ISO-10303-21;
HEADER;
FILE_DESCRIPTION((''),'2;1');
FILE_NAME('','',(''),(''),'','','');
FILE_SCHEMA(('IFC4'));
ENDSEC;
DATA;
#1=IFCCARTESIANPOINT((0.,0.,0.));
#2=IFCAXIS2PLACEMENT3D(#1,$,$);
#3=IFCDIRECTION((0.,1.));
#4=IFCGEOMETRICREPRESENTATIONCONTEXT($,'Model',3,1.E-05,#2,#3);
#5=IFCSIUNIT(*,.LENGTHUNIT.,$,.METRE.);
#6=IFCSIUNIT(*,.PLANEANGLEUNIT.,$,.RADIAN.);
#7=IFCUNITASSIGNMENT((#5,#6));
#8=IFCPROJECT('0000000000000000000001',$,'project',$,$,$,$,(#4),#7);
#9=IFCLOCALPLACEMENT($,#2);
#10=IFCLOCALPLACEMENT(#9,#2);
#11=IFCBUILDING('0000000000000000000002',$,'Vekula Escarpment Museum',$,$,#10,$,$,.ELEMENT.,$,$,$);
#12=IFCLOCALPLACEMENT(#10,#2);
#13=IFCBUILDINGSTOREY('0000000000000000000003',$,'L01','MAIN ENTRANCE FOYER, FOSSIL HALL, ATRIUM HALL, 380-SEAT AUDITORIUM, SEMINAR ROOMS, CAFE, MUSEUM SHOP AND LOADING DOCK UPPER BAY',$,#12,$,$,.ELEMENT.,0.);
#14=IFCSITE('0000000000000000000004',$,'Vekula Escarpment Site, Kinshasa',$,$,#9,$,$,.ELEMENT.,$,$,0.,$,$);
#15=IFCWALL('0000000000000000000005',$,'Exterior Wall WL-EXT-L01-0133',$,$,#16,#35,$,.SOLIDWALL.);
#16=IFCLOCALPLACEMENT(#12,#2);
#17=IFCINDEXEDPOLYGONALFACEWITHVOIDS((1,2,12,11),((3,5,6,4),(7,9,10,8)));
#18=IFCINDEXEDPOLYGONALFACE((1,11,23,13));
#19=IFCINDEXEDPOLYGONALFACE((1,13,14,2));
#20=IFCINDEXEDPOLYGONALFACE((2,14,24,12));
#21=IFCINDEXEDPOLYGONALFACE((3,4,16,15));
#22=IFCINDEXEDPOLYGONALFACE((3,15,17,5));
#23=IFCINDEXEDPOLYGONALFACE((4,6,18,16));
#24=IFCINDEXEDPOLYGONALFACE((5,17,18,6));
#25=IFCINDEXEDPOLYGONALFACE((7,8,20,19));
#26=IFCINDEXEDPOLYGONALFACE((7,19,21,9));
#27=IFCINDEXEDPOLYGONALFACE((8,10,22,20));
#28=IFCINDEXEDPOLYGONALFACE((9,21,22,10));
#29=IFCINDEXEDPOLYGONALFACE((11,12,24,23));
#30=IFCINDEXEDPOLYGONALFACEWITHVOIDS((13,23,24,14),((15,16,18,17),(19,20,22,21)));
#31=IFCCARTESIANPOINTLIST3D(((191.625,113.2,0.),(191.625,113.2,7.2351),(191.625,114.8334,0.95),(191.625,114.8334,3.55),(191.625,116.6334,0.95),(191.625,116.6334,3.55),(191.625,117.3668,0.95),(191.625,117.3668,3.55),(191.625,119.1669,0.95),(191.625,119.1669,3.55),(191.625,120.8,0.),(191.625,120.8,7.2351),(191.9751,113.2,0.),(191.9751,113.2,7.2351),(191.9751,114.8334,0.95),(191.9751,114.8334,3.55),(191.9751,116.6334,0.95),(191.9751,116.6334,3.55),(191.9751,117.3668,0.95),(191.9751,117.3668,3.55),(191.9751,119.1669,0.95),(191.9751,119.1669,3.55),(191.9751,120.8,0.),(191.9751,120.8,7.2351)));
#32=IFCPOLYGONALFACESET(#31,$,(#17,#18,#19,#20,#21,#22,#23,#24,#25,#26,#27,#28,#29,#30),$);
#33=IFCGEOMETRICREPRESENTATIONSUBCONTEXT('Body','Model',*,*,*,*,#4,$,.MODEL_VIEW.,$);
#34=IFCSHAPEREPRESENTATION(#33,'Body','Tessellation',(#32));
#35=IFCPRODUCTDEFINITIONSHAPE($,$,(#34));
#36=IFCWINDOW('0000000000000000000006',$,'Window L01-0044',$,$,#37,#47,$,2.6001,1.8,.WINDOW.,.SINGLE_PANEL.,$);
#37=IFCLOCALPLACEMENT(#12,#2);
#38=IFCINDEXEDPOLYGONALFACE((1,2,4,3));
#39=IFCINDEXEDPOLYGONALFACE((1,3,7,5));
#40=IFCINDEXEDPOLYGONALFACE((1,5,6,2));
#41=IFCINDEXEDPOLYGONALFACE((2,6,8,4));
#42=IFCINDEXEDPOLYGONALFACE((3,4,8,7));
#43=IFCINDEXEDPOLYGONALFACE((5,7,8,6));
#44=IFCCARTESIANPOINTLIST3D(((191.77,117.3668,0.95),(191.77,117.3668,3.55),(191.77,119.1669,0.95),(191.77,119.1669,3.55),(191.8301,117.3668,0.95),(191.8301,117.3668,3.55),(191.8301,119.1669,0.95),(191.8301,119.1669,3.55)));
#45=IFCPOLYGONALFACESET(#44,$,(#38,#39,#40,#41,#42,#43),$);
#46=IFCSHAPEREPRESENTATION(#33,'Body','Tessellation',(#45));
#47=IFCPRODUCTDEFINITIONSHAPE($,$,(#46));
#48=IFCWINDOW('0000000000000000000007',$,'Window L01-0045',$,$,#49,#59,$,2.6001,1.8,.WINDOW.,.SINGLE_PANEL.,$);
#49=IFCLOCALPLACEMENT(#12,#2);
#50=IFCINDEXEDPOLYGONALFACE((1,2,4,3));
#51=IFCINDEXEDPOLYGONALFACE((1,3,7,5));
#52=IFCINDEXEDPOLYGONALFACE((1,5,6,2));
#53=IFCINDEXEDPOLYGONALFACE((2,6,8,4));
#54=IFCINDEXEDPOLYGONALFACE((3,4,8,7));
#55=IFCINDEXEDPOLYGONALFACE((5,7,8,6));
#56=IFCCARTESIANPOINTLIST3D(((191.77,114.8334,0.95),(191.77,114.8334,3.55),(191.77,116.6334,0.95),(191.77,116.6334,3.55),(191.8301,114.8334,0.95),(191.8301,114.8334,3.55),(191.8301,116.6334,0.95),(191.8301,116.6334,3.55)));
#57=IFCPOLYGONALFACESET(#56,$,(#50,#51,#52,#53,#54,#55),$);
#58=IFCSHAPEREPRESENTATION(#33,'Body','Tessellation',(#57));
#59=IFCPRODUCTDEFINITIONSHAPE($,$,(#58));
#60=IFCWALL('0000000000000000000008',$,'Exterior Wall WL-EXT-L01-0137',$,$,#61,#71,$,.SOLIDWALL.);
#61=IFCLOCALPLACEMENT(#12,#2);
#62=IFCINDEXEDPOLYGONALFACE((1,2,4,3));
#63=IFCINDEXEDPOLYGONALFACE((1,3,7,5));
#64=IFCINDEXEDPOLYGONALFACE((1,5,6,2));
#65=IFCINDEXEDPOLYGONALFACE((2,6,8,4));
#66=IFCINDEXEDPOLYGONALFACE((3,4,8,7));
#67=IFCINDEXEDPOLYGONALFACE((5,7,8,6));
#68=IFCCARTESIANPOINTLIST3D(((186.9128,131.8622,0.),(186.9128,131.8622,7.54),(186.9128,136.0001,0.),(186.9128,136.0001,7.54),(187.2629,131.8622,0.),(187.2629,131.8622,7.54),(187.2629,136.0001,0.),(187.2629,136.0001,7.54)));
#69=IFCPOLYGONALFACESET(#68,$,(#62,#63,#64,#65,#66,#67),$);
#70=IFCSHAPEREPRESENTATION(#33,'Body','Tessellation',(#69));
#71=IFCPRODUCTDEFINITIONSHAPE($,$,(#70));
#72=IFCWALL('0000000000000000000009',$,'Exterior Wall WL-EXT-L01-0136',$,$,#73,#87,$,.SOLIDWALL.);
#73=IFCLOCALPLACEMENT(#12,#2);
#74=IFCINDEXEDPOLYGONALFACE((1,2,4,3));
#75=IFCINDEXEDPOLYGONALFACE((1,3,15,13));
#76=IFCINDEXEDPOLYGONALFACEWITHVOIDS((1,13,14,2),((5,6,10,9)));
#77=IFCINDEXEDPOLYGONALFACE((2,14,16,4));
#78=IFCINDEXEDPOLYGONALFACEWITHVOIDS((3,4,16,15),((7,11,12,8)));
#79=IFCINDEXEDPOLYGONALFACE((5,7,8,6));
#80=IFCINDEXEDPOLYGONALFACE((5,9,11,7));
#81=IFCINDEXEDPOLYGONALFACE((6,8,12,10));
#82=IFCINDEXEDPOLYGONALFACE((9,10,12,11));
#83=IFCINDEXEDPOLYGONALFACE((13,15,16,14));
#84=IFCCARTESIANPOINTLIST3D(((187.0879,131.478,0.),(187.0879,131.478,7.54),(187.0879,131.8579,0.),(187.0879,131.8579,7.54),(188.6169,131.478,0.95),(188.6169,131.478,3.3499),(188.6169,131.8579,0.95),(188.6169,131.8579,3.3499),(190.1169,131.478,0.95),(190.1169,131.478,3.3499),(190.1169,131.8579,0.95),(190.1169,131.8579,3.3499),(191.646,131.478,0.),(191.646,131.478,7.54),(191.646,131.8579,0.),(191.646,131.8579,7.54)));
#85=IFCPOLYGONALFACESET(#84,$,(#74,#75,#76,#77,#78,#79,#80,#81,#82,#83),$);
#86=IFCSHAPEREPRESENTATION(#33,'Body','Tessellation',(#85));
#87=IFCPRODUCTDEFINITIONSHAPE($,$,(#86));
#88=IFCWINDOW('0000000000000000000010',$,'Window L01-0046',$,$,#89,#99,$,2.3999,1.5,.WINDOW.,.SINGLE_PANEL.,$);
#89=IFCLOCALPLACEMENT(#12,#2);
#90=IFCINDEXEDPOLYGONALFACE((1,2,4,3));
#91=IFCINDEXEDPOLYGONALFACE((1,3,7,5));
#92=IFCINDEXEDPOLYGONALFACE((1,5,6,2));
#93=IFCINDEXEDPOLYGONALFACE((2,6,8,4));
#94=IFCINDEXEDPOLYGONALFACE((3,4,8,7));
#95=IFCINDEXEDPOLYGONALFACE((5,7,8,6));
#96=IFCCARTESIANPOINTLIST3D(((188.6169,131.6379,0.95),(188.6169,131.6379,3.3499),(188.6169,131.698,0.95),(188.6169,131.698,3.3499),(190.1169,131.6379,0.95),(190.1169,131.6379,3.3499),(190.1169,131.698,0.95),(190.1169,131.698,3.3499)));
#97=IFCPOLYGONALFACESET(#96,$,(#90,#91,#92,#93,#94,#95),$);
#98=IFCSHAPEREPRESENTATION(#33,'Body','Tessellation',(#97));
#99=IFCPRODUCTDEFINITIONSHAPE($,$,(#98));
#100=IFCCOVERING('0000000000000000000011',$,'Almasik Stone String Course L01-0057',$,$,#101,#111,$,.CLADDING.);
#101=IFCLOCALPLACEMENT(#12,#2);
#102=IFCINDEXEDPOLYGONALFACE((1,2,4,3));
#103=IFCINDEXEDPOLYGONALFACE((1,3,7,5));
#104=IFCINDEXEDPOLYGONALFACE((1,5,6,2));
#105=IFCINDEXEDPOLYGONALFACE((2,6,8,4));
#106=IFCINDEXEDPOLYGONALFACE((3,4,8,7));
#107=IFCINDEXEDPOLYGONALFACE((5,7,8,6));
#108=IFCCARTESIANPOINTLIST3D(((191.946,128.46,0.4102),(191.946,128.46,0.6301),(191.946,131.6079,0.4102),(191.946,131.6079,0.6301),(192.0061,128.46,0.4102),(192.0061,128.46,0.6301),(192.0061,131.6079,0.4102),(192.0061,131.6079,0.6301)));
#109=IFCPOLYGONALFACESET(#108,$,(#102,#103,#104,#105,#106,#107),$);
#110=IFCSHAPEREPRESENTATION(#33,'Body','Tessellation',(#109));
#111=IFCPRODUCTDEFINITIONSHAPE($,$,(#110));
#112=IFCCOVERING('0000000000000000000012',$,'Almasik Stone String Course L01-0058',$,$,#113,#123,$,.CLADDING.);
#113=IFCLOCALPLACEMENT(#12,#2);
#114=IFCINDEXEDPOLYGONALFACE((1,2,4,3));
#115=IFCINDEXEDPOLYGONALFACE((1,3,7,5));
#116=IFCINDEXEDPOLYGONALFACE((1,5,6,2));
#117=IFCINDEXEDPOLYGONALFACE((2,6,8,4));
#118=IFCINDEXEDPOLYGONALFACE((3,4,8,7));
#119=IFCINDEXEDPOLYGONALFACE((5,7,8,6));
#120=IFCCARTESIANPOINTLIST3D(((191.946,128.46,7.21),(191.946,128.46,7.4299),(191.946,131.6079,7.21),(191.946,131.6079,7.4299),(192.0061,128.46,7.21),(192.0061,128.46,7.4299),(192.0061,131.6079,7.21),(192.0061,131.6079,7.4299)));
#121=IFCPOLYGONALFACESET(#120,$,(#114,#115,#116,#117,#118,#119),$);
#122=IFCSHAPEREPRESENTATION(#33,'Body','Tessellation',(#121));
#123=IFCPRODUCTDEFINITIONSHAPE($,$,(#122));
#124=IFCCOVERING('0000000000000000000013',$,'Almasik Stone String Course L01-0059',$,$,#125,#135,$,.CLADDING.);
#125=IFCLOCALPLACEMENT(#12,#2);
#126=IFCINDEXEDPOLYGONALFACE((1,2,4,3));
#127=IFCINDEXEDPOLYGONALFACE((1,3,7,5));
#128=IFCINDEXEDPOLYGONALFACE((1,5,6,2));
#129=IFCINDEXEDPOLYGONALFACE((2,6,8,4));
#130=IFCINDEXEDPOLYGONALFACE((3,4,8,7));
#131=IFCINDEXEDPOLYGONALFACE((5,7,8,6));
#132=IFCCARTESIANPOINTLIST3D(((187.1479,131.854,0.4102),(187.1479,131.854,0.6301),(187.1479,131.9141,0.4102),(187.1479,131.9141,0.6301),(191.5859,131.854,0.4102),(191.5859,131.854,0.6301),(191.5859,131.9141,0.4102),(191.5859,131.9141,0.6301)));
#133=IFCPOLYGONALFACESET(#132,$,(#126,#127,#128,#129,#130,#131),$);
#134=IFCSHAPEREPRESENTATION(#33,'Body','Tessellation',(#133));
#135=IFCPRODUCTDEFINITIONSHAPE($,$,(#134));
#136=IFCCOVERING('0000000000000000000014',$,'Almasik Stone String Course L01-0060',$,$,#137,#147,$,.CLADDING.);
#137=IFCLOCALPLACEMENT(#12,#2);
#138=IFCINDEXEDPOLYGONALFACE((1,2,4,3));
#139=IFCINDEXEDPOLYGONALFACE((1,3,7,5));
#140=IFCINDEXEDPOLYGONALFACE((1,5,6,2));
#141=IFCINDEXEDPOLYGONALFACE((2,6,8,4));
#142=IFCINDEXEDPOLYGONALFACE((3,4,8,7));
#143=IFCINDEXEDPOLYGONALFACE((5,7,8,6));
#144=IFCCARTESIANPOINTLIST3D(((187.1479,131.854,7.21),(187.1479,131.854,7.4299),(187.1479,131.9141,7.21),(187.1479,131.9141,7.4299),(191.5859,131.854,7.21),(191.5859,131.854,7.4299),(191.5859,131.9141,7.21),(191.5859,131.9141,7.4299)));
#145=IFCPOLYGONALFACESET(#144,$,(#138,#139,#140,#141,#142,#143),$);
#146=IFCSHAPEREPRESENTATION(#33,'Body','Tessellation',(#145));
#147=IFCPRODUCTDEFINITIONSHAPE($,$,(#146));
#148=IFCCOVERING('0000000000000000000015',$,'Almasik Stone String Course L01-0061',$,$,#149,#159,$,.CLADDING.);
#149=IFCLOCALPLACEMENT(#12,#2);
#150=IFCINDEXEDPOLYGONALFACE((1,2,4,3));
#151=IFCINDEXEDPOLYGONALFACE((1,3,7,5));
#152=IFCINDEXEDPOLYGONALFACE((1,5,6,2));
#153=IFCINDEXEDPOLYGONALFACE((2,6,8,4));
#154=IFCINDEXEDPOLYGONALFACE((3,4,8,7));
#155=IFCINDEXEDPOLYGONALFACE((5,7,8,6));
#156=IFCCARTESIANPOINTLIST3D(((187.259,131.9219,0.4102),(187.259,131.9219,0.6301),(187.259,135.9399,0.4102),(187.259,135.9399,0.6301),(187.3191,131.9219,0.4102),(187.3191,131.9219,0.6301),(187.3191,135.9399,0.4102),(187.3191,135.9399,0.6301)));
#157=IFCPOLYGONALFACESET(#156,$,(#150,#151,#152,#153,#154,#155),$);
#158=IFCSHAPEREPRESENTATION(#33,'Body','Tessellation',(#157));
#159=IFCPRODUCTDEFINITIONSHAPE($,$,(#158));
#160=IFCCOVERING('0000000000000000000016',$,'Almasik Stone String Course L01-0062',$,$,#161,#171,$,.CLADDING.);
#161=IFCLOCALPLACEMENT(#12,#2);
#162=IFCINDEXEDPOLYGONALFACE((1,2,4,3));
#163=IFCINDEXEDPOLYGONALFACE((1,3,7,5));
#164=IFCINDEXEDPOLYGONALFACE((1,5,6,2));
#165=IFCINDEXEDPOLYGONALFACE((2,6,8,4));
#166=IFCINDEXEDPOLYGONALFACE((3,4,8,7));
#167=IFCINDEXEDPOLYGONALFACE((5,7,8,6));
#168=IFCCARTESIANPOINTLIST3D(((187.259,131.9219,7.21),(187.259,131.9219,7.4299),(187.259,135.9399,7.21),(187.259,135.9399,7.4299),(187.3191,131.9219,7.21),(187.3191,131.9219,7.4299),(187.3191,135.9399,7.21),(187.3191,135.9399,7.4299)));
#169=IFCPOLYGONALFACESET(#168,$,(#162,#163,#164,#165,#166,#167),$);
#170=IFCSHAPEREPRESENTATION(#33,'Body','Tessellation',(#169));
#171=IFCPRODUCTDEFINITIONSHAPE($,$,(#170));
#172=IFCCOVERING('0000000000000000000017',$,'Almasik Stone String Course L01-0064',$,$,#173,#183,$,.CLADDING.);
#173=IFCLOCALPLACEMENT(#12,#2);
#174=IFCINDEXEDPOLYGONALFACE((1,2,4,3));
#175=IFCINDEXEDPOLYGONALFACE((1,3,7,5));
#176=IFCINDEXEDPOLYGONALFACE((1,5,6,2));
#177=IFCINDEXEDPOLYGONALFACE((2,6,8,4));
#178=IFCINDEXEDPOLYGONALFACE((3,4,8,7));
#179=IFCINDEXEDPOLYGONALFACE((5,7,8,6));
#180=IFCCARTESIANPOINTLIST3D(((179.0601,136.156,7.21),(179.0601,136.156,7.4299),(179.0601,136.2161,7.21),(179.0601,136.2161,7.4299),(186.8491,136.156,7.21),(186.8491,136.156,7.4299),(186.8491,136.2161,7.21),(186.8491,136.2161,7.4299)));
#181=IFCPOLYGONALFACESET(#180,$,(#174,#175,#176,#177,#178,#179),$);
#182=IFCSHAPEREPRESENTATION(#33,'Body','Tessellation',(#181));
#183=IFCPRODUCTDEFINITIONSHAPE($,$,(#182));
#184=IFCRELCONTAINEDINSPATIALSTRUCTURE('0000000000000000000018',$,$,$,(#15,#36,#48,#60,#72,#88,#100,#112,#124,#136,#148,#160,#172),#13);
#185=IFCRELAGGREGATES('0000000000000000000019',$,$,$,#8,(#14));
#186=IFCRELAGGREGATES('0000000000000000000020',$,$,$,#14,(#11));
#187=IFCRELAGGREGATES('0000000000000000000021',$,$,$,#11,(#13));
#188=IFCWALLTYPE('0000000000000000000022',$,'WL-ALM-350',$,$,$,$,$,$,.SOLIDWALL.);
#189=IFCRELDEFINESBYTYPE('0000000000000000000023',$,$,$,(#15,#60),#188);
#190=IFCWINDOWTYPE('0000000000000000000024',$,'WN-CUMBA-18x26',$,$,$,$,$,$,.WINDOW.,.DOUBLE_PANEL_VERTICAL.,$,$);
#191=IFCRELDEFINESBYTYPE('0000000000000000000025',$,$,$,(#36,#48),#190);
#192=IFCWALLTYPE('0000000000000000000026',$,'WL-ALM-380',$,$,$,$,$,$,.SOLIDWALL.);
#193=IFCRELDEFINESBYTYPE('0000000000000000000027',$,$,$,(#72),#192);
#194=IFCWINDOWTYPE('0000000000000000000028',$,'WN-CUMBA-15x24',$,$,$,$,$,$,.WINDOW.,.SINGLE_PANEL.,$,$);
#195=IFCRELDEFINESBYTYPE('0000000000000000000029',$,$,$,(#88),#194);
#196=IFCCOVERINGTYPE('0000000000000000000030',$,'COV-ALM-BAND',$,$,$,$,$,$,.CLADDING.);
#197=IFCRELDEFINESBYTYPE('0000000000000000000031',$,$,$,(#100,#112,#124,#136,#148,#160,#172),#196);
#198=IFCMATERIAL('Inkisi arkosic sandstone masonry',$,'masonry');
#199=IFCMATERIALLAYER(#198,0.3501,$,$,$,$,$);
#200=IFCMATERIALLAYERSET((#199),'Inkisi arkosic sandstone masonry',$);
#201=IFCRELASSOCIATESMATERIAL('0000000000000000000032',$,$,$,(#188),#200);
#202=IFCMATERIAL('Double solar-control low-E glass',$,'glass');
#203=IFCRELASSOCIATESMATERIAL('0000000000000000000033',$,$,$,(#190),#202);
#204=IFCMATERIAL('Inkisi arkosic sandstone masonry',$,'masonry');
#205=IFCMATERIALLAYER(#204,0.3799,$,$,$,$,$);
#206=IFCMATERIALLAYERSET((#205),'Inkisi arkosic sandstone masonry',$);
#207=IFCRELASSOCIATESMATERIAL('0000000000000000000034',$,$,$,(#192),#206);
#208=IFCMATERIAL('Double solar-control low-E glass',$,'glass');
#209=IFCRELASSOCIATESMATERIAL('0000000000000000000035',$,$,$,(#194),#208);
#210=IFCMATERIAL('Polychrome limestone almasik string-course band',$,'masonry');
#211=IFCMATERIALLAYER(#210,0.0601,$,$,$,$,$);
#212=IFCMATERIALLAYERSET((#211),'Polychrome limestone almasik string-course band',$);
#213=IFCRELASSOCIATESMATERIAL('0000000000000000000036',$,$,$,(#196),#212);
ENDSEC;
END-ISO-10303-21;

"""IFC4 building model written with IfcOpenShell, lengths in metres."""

from ifc_helpers import new_model, si_unit, direction, frame, frame_2d, origin, origin_2d, place, context, subcontext, project, spatial, rectangle, extrude, material, layer, layer_set, type_object, element, fill, save


model = new_model("IFC4")

# Units and contexts
model_context = context("Model", 3, precision=1e-05, world=origin(), true_north=direction((0.0, 1.0)))
body_context = subcontext(model_context, "Body", "Model", "MODEL_VIEW")
ifc_project = project(units=[si_unit("LENGTHUNIT", "METRE"), si_unit("PLANEANGLEUNIT", "RADIAN")], contexts=[model_context])

# Site, building, storey
site_placement = place(None, origin())
site = spatial("IfcSite", under=ifc_project, at=site_placement, Name="Vekula Escarpment Site, Kinshasa", CompositionType="ELEMENT", RefElevation=0.0)
building_placement = place(site_placement, origin())
building = spatial("IfcBuilding", under=site, at=building_placement, Name="Vekula Escarpment Museum", CompositionType="ELEMENT")
storey_placement = place(building_placement, origin())
storey = spatial("IfcBuildingStorey", under=building, at=storey_placement, Name="L01", Description="MAIN ENTRANCE FOYER, FOSSIL HALL, ATRIUM HALL, 380-SEAT AUDITORIUM, SEMINAR ROOMS, CAFE, MUSEUM SHOP AND LOADING DOCK UPPER BAY", CompositionType="ELEMENT", Elevation=0.0)

# Wall, openings, windows
ifc_material_1 = material(Name="Inkisi arkosic sandstone masonry", Category="masonry")
ifc_layer_1 = layer(ifc_material_1, 0.3501)
ifc_layer_set_1 = layer_set([ifc_layer_1], Name="Inkisi arkosic sandstone masonry")
wall_type_1 = type_object("IfcWallType", Name="WL-ALM-350", PredefinedType="SOLIDWALL", material=ifc_layer_set_1)
wall_1_placement = place(storey_placement, frame((191.8, 120.8, 0.0), z_axis=(0.0, 0.0, 1.0), x_axis=(0.0, -1.0, 0.0)))
wall_1 = element("IfcWall", 1, at=wall_1_placement, inside=storey, type_object=wall_type_1, Name="Exterior Wall WL-EXT-L01-0133", PredefinedType="SOLIDWALL", context=body_context, shape_type="SweptSolid", body=[
    extrude(rectangle(XDim=7.6001, YDim=0.3501, at=frame_2d((3.8, 0.0))), origin(), (0.0, 0.0, 1.0), 7.2351),
])
opening_1_placement = place(wall_1_placement, frame((1.6333, 0.0, 0.95)))
opening_1 = element("IfcOpeningElement", 2, at=opening_1_placement, cuts=wall_1, PredefinedType="OPENING", context=body_context, shape_type="SweptSolid", body=[
    extrude(rectangle(XDim=1.8, YDim=2.6001, at=frame_2d((0.8999, 1.3))), frame((0.0, 0.1851, 0.0), z_axis=(0.0, -1.0, 0.0), x_axis=(1.0, 0.0, 0.0)), (0.0, 0.0, 1.0), 0.3701),
])
opening_2_placement = place(wall_1_placement, frame((4.1667, 0.0, 0.95)))
opening_2 = element("IfcOpeningElement", 3, at=opening_2_placement, cuts=wall_1, PredefinedType="OPENING", context=body_context, shape_type="SweptSolid", body=[
    extrude(rectangle(XDim=1.8, YDim=2.6001, at=frame_2d((0.8999, 1.3))), frame((0.0, 0.1851, 0.0), z_axis=(0.0, -1.0, 0.0), x_axis=(1.0, 0.0, 0.0)), (0.0, 0.0, 1.0), 0.3701),
])
ifc_material_2 = material(Name="Double solar-control low-E glass", Category="glass")
window_type_1 = type_object("IfcWindowType", Name="WN-CUMBA-18x26", PartitioningType="DOUBLE_PANEL_VERTICAL", PredefinedType="WINDOW", material=ifc_material_2)
window_1_placement = place(opening_1_placement, origin())
window_1 = element("IfcWindow", 4, at=window_1_placement, inside=storey, type_object=window_type_1, Name="Window L01-0044", OverallHeight=2.6001, OverallWidth=1.8, PartitioningType="SINGLE_PANEL", PredefinedType="WINDOW", context=body_context, shape_type="SweptSolid", body=[
    extrude(rectangle(XDim=1.8, YDim=2.6001, at=frame_2d((0.8999, 1.3))), frame((0.0, 0.03, 0.0), z_axis=(0.0, -1.0, 0.0), x_axis=(1.0, 0.0, 0.0)), (0.0, 0.0, 1.0), 0.0601),
])
fill(opening_1, window_1)
window_2_placement = place(opening_2_placement, origin())
window_2 = element("IfcWindow", 5, at=window_2_placement, inside=storey, type_object=window_type_1, Name="Window L01-0045", OverallHeight=2.6001, OverallWidth=1.8, PartitioningType="SINGLE_PANEL", PredefinedType="WINDOW", context=body_context, shape_type="SweptSolid", body=[
    extrude(rectangle(XDim=1.8, YDim=2.6001, at=frame_2d((0.8999, 1.3))), frame((0.0, 0.03, 0.0), z_axis=(0.0, -1.0, 0.0), x_axis=(1.0, 0.0, 0.0)), (0.0, 0.0, 1.0), 0.0601),
])
fill(opening_2, window_2)

# Wall
wall_2_placement = place(storey_placement, frame((187.0879, 136.0, 0.0), z_axis=(0.0, 0.0, 1.0), x_axis=(0.0, -1.0, 0.0)))
element("IfcWall", 6, at=wall_2_placement, inside=storey, type_object=wall_type_1, Name="Exterior Wall WL-EXT-L01-0137", PredefinedType="SOLIDWALL", context=body_context, shape_type="SweptSolid", body=[
    extrude(rectangle(XDim=4.1379, YDim=0.3501, at=frame_2d((2.0688, 0.0))), origin(), (0.0, 0.0, 1.0), 7.54),
])

# Wall, opening, window
ifc_material_3 = material(Name="Inkisi arkosic sandstone masonry", Category="masonry")
ifc_layer_2 = layer(ifc_material_3, 0.3799)
ifc_layer_set_2 = layer_set([ifc_layer_2], Name="Inkisi arkosic sandstone masonry")
wall_type_2 = type_object("IfcWallType", Name="WL-ALM-380", PredefinedType="SOLIDWALL", material=ifc_layer_set_2)
wall_3_placement = place(storey_placement, frame((187.0879, 131.668, 0.0), z_axis=(0.0, 0.0, 1.0), x_axis=(1.0, 0.0, 0.0)))
wall_3 = element("IfcWall", 7, at=wall_3_placement, inside=storey, type_object=wall_type_2, Name="Exterior Wall WL-EXT-L01-0136", PredefinedType="SOLIDWALL", context=body_context, shape_type="SweptSolid", body=[
    extrude(rectangle(XDim=4.5581, YDim=0.3799, at=frame_2d((2.2791, 0.0))), origin(), (0.0, 0.0, 1.0), 7.54),
])
opening_3_placement = place(wall_3_placement, frame((1.5291, 0.0, 0.95)))
opening_3 = element("IfcOpeningElement", 8, at=opening_3_placement, cuts=wall_3, PredefinedType="OPENING", context=body_context, shape_type="SweptSolid", body=[
    extrude(rectangle(XDim=1.5, YDim=2.3999, at=frame_2d((0.75, 1.2))), frame((0.0, 0.2, 0.0), z_axis=(0.0, -1.0, 0.0), x_axis=(1.0, 0.0, 0.0)), (0.0, 0.0, 1.0), 0.3999),
])
ifc_material_4 = material(Name="Double solar-control low-E glass", Category="glass")
window_type_2 = type_object("IfcWindowType", Name="WN-CUMBA-15x24", PartitioningType="SINGLE_PANEL", PredefinedType="WINDOW", material=ifc_material_4)
window_3_placement = place(opening_3_placement, origin())
window_3 = element("IfcWindow", 9, at=window_3_placement, inside=storey, type_object=window_type_2, Name="Window L01-0046", OverallHeight=2.3999, OverallWidth=1.5, PartitioningType="SINGLE_PANEL", PredefinedType="WINDOW", context=body_context, shape_type="SweptSolid", body=[
    extrude(rectangle(XDim=1.5, YDim=2.3999, at=frame_2d((0.75, 1.2))), frame((0.0, 0.03, 0.0), z_axis=(0.0, -1.0, 0.0), x_axis=(1.0, 0.0, 0.0)), (0.0, 0.0, 1.0), 0.0601),
])
fill(opening_3, window_3)

# Coverings
ifc_material_5 = material(Name="Polychrome limestone almasik string-course band", Category="masonry")
ifc_layer_3 = layer(ifc_material_5, 0.0601)
ifc_layer_set_3 = layer_set([ifc_layer_3], Name="Polychrome limestone almasik string-course band")
covering_type_1 = type_object("IfcCoveringType", Name="COV-ALM-BAND", PredefinedType="CLADDING", material=ifc_layer_set_3)
for number, where, z_axis, x_axis, name in (
    (10, (191.9761, 130.0339, 0.4102), (0.0, 0.0, 1.0), (0.0, 1.0, 0.0), "Almasik Stone String Course L01-0057"),
    (11, (191.9761, 130.0339, 7.21), (0.0, 0.0, 1.0), (0.0, 1.0, 0.0), "Almasik Stone String Course L01-0058"),
):
    element("IfcCovering", number, at=place(storey_placement, frame(where, z_axis=z_axis, x_axis=x_axis)), inside=storey, type_object=covering_type_1, Name=name, PredefinedType="CLADDING", context=body_context, shape_type="SweptSolid", body=[
        extrude(rectangle(XDim=3.1479, YDim=0.0601, at=origin_2d()), origin(), (0.0, 0.0, 1.0), 0.22),
    ])
for number, where, z_axis, x_axis, name in (
    (12, (189.3669, 131.884, 0.4102), (0.0, 0.0, 1.0), (1.0, 0.0, 0.0), "Almasik Stone String Course L01-0059"),
    (13, (189.3669, 131.884, 7.21), (0.0, 0.0, 1.0), (1.0, 0.0, 0.0), "Almasik Stone String Course L01-0060"),
):
    element("IfcCovering", number, at=place(storey_placement, frame(where, z_axis=z_axis, x_axis=x_axis)), inside=storey, type_object=covering_type_1, Name=name, PredefinedType="CLADDING", context=body_context, shape_type="SweptSolid", body=[
        extrude(rectangle(XDim=4.438, YDim=0.0601, at=origin_2d()), origin(), (0.0, 0.0, 1.0), 0.22),
    ])
for number, where, z_axis, x_axis, name in (
    (14, (187.2891, 133.9309, 0.4102), (0.0, 0.0, 1.0), (0.0, 1.0, 0.0), "Almasik Stone String Course L01-0061"),
    (15, (187.2891, 133.9309, 7.21), (0.0, 0.0, 1.0), (0.0, 1.0, 0.0), "Almasik Stone String Course L01-0062"),
):
    element("IfcCovering", number, at=place(storey_placement, frame(where, z_axis=z_axis, x_axis=x_axis)), inside=storey, type_object=covering_type_1, Name=name, PredefinedType="CLADDING", context=body_context, shape_type="SweptSolid", body=[
        extrude(rectangle(XDim=4.0181, YDim=0.0601, at=origin_2d()), origin(), (0.0, 0.0, 1.0), 0.22),
    ])
covering_1_placement = place(storey_placement, frame((182.9546, 136.186, 7.21), z_axis=(0.0, 0.0, 1.0), x_axis=(1.0, 0.0, 0.0)))
element("IfcCovering", 16, at=covering_1_placement, inside=storey, type_object=covering_type_1, Name="Almasik Stone String Course L01-0064", PredefinedType="CLADDING", context=body_context, shape_type="SweptSolid", body=[
    extrude(rectangle(XDim=7.7891, YDim=0.0601, at=origin_2d()), origin(), (0.0, 0.0, 1.0), 0.22),
])

save(model, "model.ifc")
